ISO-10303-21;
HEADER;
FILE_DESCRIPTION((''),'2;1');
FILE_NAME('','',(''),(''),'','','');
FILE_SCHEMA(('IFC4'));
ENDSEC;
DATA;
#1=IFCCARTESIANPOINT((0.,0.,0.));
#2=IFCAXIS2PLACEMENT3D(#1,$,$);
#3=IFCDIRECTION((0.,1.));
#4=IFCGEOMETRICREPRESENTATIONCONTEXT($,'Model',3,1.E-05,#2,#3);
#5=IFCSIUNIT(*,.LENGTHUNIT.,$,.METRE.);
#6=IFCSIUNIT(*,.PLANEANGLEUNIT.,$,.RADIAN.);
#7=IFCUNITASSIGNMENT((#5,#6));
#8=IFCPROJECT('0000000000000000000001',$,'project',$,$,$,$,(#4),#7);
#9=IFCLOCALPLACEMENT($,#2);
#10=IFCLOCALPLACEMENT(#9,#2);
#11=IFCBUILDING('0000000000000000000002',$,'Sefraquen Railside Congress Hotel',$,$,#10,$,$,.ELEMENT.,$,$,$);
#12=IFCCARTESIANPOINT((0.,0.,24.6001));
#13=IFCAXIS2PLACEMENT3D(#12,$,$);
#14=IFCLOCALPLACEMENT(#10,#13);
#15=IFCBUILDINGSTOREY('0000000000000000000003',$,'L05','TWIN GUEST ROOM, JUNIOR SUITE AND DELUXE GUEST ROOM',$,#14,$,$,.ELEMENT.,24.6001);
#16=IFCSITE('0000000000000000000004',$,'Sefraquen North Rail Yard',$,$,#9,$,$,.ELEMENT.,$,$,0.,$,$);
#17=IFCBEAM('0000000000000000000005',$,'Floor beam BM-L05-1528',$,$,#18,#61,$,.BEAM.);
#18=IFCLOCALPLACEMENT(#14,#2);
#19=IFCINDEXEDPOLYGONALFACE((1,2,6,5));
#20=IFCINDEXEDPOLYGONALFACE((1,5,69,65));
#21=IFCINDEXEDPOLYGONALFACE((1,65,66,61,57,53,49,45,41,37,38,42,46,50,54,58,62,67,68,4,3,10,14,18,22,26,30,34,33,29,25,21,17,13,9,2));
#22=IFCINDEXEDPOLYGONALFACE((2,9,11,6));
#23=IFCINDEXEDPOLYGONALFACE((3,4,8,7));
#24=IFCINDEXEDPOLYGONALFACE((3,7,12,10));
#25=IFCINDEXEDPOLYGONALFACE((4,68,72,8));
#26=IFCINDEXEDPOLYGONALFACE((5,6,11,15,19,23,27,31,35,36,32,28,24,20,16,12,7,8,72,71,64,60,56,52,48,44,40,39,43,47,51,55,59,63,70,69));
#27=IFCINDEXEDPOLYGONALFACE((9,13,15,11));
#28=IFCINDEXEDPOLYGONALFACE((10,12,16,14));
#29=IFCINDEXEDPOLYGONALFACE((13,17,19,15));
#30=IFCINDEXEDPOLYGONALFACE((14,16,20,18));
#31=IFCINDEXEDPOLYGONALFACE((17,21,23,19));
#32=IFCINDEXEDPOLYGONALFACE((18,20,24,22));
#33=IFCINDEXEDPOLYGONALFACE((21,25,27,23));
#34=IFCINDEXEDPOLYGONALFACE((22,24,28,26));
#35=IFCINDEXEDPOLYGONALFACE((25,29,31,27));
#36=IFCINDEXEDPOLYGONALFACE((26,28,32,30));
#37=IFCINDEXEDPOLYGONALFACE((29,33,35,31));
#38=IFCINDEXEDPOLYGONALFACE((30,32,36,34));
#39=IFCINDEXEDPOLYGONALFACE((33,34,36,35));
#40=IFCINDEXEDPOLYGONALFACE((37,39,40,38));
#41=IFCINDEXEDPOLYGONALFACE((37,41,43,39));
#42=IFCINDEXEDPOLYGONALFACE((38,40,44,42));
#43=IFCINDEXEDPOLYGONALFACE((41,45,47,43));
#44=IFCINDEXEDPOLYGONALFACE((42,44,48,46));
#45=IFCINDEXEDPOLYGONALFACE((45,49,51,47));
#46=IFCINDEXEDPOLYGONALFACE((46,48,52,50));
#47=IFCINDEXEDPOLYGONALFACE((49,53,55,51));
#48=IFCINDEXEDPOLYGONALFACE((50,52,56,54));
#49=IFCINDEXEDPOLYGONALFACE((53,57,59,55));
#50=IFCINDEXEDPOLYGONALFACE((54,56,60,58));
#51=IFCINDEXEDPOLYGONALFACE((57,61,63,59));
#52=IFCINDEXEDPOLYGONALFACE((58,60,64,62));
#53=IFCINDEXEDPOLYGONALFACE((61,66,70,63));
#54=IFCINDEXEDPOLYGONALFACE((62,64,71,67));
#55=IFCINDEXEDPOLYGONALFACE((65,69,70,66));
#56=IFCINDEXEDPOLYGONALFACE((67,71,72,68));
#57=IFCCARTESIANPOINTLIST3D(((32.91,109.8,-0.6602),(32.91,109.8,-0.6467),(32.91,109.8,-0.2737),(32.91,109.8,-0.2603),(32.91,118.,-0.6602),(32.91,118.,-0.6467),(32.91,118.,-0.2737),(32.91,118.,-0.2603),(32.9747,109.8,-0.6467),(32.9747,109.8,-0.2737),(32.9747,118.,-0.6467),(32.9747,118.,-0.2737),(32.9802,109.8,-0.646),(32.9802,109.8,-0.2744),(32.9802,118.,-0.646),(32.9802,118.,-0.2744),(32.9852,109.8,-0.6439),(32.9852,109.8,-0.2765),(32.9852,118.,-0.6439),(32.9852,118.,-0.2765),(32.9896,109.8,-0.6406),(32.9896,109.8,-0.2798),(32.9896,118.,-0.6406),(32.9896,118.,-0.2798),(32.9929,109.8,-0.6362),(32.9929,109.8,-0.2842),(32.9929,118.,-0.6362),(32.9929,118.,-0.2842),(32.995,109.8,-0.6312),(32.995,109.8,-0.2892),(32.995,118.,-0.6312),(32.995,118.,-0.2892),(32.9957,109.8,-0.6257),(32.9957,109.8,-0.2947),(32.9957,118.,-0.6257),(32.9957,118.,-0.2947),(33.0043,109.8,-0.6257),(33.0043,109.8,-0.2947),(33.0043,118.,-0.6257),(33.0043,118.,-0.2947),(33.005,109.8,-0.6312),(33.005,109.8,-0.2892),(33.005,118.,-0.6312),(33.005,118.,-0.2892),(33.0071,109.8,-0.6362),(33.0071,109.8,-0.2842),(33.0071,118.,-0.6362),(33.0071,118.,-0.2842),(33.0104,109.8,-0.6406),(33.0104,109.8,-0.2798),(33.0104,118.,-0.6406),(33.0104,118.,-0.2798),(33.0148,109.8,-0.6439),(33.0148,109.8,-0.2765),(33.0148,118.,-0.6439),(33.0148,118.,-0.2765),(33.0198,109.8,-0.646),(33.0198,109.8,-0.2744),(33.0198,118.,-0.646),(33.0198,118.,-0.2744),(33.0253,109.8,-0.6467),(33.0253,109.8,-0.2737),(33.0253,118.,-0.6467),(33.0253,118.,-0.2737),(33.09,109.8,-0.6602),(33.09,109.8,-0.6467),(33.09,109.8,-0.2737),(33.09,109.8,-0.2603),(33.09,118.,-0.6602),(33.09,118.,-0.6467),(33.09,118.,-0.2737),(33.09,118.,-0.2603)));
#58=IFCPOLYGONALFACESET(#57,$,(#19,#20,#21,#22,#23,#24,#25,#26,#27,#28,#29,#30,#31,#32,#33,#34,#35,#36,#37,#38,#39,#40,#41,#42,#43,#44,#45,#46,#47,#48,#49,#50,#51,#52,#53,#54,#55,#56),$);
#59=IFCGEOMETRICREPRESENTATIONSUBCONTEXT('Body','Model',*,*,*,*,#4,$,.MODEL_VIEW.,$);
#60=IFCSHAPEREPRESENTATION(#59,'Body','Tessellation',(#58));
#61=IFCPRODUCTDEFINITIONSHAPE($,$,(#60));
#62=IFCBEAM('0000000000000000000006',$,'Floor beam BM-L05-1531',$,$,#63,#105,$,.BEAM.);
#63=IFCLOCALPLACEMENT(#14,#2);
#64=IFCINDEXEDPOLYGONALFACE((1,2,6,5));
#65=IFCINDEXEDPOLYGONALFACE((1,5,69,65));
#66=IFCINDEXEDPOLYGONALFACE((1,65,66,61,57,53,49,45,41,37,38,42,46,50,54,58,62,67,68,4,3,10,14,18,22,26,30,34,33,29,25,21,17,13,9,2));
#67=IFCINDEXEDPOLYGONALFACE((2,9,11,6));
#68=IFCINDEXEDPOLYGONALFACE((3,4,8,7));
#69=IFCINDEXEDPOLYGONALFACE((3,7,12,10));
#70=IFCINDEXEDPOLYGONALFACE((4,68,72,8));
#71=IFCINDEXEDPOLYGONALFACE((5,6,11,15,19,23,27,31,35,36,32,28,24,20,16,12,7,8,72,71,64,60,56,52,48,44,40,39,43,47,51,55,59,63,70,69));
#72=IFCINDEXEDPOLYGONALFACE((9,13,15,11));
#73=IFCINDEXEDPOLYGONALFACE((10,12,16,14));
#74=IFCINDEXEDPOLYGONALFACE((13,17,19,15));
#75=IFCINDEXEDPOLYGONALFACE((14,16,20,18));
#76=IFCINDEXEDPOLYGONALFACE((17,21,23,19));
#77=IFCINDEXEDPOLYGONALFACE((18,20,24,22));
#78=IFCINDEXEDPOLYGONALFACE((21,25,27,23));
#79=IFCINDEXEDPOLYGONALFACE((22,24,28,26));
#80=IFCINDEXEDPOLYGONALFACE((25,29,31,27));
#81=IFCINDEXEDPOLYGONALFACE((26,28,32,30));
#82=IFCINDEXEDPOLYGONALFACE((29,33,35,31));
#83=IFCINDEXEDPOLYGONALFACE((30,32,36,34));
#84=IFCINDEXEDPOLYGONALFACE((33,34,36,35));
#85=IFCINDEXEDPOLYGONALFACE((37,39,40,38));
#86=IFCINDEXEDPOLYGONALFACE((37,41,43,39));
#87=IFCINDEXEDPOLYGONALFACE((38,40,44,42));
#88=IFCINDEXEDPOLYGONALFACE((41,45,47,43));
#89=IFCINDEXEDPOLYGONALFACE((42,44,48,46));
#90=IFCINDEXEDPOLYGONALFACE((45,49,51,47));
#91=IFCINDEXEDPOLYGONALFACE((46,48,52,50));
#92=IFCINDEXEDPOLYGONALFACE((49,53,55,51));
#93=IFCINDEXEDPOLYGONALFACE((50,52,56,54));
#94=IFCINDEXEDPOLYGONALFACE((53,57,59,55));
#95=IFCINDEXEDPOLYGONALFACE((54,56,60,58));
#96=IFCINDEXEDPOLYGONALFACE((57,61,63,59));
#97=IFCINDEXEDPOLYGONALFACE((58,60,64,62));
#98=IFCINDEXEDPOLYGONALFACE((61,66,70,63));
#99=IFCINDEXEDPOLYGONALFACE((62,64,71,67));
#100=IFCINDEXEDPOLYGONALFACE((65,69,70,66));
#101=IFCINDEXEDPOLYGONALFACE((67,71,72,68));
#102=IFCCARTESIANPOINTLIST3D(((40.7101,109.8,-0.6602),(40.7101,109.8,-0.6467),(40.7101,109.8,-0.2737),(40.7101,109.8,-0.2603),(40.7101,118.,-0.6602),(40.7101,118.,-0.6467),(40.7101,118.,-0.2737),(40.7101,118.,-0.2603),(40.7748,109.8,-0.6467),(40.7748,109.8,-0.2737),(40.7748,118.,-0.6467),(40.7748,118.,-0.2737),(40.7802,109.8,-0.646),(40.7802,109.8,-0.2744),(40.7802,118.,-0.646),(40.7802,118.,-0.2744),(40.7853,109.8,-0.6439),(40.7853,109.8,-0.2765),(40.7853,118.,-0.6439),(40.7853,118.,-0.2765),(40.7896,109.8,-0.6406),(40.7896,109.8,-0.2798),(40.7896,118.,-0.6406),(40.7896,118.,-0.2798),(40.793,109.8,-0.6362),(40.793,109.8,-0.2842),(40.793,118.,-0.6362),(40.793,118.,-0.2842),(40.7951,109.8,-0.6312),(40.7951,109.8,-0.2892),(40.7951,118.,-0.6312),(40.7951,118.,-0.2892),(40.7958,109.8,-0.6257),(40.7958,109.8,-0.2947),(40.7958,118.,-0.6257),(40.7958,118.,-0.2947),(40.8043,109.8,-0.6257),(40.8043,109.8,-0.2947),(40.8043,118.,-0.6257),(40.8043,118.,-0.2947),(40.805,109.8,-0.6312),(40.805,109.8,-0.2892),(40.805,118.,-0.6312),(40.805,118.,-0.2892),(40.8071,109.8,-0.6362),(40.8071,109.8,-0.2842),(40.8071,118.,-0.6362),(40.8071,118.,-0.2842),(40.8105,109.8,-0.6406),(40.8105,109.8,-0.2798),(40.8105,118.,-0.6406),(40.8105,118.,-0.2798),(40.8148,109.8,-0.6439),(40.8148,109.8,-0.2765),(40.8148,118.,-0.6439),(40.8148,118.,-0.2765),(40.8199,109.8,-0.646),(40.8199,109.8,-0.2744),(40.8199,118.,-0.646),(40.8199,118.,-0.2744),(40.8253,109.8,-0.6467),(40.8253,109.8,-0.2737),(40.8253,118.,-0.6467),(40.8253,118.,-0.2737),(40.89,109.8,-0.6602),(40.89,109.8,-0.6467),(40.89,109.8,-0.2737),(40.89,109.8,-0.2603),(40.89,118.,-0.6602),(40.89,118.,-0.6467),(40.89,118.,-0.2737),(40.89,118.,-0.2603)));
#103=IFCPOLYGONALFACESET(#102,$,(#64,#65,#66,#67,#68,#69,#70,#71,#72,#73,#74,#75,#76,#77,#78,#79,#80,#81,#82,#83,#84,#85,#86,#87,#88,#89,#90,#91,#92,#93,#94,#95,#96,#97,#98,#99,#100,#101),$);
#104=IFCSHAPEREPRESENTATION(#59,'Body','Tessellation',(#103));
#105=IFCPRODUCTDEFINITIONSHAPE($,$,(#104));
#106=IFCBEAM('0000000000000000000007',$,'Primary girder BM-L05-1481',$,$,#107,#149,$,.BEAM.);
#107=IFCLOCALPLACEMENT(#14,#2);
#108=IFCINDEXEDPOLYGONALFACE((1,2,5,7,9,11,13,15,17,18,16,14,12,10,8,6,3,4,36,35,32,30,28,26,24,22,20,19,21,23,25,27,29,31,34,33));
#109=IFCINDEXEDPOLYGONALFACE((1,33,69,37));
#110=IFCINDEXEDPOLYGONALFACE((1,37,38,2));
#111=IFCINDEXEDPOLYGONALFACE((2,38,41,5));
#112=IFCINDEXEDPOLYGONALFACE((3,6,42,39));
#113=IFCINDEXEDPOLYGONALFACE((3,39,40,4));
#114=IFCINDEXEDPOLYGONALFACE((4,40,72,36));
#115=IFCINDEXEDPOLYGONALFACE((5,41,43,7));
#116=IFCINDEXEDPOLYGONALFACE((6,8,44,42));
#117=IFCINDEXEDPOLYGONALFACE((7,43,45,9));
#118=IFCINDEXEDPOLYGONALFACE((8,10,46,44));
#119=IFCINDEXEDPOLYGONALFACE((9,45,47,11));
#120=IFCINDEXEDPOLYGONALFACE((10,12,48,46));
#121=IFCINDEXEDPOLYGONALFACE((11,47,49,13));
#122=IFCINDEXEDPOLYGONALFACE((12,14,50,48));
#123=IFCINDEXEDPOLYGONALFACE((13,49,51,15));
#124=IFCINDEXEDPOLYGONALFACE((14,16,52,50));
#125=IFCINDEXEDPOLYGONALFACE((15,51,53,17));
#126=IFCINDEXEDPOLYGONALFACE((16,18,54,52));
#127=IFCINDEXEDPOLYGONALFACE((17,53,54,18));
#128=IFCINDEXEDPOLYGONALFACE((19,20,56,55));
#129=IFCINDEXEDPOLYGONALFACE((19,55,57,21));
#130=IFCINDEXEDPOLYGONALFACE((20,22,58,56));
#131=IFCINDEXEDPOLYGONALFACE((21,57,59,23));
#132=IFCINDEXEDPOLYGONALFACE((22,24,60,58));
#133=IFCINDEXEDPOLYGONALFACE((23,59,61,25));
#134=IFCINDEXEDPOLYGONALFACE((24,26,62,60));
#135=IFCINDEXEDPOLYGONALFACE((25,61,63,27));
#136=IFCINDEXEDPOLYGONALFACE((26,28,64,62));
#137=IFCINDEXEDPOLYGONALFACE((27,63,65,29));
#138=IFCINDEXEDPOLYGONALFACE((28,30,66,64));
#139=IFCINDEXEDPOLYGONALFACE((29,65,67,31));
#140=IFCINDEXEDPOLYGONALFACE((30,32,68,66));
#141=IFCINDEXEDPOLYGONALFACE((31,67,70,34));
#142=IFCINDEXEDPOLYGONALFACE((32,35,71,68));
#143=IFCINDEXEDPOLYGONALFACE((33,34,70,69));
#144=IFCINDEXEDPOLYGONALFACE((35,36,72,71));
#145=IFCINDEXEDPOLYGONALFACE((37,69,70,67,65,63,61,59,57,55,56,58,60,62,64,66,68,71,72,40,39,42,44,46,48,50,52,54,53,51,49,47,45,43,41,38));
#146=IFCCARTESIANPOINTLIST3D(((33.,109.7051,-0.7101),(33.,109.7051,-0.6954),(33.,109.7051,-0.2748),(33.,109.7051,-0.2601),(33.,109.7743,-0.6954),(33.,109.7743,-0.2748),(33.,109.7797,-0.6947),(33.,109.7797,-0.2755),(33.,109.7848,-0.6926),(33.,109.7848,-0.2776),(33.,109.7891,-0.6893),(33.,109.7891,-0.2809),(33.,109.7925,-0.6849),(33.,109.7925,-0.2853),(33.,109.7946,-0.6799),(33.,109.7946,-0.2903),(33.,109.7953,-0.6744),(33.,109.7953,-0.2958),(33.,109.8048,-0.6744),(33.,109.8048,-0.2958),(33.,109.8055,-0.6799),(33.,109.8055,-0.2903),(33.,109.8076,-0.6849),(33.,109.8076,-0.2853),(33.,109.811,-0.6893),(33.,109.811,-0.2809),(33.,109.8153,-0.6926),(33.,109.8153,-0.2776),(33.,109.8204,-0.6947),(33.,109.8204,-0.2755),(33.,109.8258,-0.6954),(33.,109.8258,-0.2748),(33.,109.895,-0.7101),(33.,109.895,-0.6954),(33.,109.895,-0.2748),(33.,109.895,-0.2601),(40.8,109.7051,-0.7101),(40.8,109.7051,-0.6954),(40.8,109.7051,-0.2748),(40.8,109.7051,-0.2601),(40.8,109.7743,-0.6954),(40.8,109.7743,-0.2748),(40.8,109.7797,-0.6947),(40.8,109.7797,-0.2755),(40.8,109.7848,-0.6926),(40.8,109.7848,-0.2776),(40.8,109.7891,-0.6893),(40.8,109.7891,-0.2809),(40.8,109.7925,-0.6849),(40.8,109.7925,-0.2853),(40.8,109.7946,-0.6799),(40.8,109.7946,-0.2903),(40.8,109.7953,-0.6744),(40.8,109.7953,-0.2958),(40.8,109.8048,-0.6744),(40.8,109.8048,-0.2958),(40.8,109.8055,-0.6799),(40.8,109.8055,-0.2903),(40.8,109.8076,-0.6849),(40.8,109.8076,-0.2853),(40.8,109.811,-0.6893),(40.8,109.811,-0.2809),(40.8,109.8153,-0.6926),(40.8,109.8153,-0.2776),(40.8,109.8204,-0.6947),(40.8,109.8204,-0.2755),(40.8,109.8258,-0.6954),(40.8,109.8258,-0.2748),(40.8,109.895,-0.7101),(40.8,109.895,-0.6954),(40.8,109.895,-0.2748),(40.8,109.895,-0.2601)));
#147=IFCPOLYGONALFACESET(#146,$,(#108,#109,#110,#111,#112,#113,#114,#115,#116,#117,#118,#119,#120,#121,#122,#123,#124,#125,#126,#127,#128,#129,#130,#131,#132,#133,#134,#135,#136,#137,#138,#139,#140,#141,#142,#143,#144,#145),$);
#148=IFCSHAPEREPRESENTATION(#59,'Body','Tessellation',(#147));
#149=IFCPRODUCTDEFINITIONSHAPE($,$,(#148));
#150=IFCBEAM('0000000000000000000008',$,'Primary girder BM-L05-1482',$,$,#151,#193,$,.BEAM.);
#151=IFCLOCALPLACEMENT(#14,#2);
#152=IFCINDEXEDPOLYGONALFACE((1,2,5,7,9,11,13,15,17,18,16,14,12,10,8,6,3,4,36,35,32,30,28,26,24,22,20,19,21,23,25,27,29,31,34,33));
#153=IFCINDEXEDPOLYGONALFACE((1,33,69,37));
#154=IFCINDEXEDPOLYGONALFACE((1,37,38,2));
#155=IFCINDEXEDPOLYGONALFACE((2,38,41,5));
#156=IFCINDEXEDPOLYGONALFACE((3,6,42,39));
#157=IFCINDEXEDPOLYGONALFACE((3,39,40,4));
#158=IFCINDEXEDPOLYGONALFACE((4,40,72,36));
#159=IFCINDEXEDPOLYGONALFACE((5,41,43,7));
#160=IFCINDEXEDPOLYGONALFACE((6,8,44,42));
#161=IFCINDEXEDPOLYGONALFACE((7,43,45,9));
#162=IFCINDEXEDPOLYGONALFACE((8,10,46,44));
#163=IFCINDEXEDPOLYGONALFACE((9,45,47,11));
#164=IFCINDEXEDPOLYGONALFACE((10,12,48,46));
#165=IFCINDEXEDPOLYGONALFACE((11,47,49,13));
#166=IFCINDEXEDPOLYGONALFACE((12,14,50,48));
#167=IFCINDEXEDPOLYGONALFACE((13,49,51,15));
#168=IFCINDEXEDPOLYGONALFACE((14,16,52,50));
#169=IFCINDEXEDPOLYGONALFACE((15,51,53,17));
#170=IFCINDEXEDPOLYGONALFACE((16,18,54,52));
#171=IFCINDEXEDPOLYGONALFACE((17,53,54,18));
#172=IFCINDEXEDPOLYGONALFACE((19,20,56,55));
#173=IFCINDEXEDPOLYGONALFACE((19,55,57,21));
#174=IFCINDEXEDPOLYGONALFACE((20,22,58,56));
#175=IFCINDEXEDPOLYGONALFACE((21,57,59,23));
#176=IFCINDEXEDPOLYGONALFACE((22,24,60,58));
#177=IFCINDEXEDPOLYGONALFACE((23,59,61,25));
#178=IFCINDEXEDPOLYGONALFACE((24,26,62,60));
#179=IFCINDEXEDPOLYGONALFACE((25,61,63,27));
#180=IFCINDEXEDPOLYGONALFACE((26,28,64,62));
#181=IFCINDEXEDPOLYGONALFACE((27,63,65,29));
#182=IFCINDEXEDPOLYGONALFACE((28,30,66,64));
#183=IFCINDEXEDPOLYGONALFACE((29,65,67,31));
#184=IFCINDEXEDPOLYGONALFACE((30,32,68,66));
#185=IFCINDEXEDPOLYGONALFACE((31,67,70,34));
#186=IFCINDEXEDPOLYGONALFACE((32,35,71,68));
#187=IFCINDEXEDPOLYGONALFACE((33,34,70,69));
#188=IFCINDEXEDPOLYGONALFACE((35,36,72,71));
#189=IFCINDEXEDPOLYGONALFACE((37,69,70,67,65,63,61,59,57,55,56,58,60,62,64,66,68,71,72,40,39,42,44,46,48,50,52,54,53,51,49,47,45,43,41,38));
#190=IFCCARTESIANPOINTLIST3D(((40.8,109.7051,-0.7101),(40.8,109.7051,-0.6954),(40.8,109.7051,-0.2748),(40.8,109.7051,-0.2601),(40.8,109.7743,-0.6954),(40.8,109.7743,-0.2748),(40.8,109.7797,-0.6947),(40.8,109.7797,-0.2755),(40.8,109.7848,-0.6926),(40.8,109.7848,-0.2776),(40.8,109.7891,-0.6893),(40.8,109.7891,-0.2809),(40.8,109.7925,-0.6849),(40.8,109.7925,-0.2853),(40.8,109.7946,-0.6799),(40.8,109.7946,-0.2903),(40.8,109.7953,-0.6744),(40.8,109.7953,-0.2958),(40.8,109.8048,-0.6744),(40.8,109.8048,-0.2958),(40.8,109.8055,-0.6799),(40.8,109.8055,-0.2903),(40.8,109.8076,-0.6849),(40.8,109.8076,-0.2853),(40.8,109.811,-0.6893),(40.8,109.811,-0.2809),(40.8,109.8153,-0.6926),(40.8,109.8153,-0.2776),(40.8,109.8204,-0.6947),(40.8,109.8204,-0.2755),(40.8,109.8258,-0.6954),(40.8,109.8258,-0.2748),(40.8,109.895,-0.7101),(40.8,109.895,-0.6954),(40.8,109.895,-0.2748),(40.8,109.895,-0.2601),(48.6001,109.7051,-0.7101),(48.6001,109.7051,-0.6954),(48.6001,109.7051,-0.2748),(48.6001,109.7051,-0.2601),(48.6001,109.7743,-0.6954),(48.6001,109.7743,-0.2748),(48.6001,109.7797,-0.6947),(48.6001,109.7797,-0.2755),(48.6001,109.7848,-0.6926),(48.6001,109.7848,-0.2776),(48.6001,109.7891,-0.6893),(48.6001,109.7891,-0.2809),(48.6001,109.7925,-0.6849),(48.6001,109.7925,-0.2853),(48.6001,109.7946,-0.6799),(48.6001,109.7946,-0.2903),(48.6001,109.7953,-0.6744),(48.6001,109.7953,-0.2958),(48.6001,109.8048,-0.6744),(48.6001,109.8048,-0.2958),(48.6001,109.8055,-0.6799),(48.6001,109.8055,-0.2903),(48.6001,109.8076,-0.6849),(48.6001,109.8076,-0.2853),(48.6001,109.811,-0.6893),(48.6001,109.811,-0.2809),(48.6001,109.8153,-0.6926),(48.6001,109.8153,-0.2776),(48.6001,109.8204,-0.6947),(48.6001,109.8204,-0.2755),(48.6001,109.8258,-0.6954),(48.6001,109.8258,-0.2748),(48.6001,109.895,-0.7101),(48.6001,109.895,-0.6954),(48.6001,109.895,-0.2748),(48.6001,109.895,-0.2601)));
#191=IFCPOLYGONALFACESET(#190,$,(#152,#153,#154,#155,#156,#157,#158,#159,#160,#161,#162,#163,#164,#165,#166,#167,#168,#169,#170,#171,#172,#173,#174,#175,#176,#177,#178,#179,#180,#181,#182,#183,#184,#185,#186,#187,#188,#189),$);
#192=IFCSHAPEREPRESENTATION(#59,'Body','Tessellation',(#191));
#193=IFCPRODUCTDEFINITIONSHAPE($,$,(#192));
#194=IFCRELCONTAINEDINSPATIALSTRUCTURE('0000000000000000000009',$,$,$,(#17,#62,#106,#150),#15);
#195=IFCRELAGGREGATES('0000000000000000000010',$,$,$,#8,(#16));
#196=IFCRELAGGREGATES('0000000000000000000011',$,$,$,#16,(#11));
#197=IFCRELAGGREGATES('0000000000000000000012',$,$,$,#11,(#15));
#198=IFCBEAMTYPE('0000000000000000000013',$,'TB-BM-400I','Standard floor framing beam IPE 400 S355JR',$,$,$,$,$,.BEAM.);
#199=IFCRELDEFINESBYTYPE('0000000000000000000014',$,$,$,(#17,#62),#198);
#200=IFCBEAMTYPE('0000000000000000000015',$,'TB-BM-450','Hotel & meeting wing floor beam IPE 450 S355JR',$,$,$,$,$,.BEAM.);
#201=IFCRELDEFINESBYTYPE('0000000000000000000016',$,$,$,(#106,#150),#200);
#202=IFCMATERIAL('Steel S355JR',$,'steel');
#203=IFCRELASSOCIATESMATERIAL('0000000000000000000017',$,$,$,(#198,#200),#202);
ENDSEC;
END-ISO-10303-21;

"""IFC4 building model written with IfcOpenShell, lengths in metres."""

from ifc_helpers import new_model, si_unit, direction, frame, origin, origin_2d, place, context, subcontext, project, spatial, i_section, extrude, material, material_profile, profile_set, type_object, element, save


model = new_model("IFC4")

# Units and contexts
model_context = context("Model", 3, precision=1e-05, world=origin(), true_north=direction((0.0, 1.0)))
body_context = subcontext(model_context, "Body", "Model", "MODEL_VIEW")
ifc_project = project(units=[si_unit("LENGTHUNIT", "METRE"), si_unit("PLANEANGLEUNIT", "RADIAN")], contexts=[model_context])

# Site, building, storey
site_placement = place(None, origin())
site = spatial("IfcSite", under=ifc_project, at=site_placement, Name="Sefraquen North Rail Yard", CompositionType="ELEMENT", RefElevation=0.0)
building_placement = place(site_placement, origin())
building = spatial("IfcBuilding", under=site, at=building_placement, Name="Sefraquen Railside Congress Hotel", CompositionType="ELEMENT")
storey_placement = place(building_placement, frame((0.0, 0.0, 24.6001)))
storey = spatial("IfcBuildingStorey", under=building, at=storey_placement, Name="L05", Description="TWIN GUEST ROOM, JUNIOR SUITE AND DELUXE GUEST ROOM", CompositionType="ELEMENT", Elevation=24.6001)

# Shared definitions
ifc_material_1 = material(Name="Steel S355JR", Category="steel")

# Beams
ifc_material_profile_1 = material_profile(ifc_material_1, i_section(OverallWidth=0.1799, OverallDepth=0.3999, WebThickness=0.0085, FlangeThickness=0.0134, FilletRadius=0.021, at=origin_2d()), Name="IPE 400")
ifc_profile_set_1 = profile_set([ifc_material_profile_1], Name="Steel S355JR")
beam_type_1 = type_object("IfcBeamType", Name="TB-BM-400I", Description="Standard floor framing beam IPE 400 S355JR", PredefinedType="BEAM", material=ifc_profile_set_1)
for number, where, z_axis, x_axis, name in (
    (1, (33.0, 109.8, -0.4602), (0.0, 1.0, 0.0), (-1.0, 0.0, 0.0), "Floor beam BM-L05-1528"),
    (2, (40.8, 109.8, -0.4602), (0.0, 1.0, 0.0), (-1.0, 0.0, 0.0), "Floor beam BM-L05-1531"),
):
    element("IfcBeam", number, at=place(storey_placement, frame(where, z_axis=z_axis, x_axis=x_axis)), inside=storey, type_object=beam_type_1, Name=name, PredefinedType="BEAM", context=body_context, shape_type="SweptSolid", body=[
        extrude(i_section(OverallWidth=0.1799, OverallDepth=0.3999, WebThickness=0.0085, FlangeThickness=0.0134, FilletRadius=0.021, at=origin_2d()), origin(), (0.0, 0.0, 1.0), 8.2),
    ])
ifc_material_profile_2 = material_profile(ifc_material_1, i_section(OverallWidth=0.1899, OverallDepth=0.45, WebThickness=0.0095, FlangeThickness=0.0146, FilletRadius=0.021, at=origin_2d()), Name="IPE 450")
ifc_profile_set_2 = profile_set([ifc_material_profile_2], Name="Steel S355JR")
beam_type_2 = type_object("IfcBeamType", Name="TB-BM-450", Description="Hotel & meeting wing floor beam IPE 450 S355JR", PredefinedType="BEAM", material=ifc_profile_set_2)
for number, where, z_axis, x_axis, name in (
    (3, (33.0, 109.8, -0.4851), (1.0, 0.0, 0.0), (0.0, 1.0, 0.0), "Primary girder BM-L05-1481"),
    (4, (40.8, 109.8, -0.4851), (1.0, 0.0, 0.0), (0.0, 1.0, 0.0), "Primary girder BM-L05-1482"),
):
    element("IfcBeam", number, at=place(storey_placement, frame(where, z_axis=z_axis, x_axis=x_axis)), inside=storey, type_object=beam_type_2, Name=name, PredefinedType="BEAM", context=body_context, shape_type="SweptSolid", body=[
        extrude(i_section(OverallWidth=0.1899, OverallDepth=0.45, WebThickness=0.0095, FlangeThickness=0.0146, FilletRadius=0.021, at=origin_2d()), origin(), (0.0, 0.0, 1.0), 7.8),
    ])

save(model, "model.ifc")
